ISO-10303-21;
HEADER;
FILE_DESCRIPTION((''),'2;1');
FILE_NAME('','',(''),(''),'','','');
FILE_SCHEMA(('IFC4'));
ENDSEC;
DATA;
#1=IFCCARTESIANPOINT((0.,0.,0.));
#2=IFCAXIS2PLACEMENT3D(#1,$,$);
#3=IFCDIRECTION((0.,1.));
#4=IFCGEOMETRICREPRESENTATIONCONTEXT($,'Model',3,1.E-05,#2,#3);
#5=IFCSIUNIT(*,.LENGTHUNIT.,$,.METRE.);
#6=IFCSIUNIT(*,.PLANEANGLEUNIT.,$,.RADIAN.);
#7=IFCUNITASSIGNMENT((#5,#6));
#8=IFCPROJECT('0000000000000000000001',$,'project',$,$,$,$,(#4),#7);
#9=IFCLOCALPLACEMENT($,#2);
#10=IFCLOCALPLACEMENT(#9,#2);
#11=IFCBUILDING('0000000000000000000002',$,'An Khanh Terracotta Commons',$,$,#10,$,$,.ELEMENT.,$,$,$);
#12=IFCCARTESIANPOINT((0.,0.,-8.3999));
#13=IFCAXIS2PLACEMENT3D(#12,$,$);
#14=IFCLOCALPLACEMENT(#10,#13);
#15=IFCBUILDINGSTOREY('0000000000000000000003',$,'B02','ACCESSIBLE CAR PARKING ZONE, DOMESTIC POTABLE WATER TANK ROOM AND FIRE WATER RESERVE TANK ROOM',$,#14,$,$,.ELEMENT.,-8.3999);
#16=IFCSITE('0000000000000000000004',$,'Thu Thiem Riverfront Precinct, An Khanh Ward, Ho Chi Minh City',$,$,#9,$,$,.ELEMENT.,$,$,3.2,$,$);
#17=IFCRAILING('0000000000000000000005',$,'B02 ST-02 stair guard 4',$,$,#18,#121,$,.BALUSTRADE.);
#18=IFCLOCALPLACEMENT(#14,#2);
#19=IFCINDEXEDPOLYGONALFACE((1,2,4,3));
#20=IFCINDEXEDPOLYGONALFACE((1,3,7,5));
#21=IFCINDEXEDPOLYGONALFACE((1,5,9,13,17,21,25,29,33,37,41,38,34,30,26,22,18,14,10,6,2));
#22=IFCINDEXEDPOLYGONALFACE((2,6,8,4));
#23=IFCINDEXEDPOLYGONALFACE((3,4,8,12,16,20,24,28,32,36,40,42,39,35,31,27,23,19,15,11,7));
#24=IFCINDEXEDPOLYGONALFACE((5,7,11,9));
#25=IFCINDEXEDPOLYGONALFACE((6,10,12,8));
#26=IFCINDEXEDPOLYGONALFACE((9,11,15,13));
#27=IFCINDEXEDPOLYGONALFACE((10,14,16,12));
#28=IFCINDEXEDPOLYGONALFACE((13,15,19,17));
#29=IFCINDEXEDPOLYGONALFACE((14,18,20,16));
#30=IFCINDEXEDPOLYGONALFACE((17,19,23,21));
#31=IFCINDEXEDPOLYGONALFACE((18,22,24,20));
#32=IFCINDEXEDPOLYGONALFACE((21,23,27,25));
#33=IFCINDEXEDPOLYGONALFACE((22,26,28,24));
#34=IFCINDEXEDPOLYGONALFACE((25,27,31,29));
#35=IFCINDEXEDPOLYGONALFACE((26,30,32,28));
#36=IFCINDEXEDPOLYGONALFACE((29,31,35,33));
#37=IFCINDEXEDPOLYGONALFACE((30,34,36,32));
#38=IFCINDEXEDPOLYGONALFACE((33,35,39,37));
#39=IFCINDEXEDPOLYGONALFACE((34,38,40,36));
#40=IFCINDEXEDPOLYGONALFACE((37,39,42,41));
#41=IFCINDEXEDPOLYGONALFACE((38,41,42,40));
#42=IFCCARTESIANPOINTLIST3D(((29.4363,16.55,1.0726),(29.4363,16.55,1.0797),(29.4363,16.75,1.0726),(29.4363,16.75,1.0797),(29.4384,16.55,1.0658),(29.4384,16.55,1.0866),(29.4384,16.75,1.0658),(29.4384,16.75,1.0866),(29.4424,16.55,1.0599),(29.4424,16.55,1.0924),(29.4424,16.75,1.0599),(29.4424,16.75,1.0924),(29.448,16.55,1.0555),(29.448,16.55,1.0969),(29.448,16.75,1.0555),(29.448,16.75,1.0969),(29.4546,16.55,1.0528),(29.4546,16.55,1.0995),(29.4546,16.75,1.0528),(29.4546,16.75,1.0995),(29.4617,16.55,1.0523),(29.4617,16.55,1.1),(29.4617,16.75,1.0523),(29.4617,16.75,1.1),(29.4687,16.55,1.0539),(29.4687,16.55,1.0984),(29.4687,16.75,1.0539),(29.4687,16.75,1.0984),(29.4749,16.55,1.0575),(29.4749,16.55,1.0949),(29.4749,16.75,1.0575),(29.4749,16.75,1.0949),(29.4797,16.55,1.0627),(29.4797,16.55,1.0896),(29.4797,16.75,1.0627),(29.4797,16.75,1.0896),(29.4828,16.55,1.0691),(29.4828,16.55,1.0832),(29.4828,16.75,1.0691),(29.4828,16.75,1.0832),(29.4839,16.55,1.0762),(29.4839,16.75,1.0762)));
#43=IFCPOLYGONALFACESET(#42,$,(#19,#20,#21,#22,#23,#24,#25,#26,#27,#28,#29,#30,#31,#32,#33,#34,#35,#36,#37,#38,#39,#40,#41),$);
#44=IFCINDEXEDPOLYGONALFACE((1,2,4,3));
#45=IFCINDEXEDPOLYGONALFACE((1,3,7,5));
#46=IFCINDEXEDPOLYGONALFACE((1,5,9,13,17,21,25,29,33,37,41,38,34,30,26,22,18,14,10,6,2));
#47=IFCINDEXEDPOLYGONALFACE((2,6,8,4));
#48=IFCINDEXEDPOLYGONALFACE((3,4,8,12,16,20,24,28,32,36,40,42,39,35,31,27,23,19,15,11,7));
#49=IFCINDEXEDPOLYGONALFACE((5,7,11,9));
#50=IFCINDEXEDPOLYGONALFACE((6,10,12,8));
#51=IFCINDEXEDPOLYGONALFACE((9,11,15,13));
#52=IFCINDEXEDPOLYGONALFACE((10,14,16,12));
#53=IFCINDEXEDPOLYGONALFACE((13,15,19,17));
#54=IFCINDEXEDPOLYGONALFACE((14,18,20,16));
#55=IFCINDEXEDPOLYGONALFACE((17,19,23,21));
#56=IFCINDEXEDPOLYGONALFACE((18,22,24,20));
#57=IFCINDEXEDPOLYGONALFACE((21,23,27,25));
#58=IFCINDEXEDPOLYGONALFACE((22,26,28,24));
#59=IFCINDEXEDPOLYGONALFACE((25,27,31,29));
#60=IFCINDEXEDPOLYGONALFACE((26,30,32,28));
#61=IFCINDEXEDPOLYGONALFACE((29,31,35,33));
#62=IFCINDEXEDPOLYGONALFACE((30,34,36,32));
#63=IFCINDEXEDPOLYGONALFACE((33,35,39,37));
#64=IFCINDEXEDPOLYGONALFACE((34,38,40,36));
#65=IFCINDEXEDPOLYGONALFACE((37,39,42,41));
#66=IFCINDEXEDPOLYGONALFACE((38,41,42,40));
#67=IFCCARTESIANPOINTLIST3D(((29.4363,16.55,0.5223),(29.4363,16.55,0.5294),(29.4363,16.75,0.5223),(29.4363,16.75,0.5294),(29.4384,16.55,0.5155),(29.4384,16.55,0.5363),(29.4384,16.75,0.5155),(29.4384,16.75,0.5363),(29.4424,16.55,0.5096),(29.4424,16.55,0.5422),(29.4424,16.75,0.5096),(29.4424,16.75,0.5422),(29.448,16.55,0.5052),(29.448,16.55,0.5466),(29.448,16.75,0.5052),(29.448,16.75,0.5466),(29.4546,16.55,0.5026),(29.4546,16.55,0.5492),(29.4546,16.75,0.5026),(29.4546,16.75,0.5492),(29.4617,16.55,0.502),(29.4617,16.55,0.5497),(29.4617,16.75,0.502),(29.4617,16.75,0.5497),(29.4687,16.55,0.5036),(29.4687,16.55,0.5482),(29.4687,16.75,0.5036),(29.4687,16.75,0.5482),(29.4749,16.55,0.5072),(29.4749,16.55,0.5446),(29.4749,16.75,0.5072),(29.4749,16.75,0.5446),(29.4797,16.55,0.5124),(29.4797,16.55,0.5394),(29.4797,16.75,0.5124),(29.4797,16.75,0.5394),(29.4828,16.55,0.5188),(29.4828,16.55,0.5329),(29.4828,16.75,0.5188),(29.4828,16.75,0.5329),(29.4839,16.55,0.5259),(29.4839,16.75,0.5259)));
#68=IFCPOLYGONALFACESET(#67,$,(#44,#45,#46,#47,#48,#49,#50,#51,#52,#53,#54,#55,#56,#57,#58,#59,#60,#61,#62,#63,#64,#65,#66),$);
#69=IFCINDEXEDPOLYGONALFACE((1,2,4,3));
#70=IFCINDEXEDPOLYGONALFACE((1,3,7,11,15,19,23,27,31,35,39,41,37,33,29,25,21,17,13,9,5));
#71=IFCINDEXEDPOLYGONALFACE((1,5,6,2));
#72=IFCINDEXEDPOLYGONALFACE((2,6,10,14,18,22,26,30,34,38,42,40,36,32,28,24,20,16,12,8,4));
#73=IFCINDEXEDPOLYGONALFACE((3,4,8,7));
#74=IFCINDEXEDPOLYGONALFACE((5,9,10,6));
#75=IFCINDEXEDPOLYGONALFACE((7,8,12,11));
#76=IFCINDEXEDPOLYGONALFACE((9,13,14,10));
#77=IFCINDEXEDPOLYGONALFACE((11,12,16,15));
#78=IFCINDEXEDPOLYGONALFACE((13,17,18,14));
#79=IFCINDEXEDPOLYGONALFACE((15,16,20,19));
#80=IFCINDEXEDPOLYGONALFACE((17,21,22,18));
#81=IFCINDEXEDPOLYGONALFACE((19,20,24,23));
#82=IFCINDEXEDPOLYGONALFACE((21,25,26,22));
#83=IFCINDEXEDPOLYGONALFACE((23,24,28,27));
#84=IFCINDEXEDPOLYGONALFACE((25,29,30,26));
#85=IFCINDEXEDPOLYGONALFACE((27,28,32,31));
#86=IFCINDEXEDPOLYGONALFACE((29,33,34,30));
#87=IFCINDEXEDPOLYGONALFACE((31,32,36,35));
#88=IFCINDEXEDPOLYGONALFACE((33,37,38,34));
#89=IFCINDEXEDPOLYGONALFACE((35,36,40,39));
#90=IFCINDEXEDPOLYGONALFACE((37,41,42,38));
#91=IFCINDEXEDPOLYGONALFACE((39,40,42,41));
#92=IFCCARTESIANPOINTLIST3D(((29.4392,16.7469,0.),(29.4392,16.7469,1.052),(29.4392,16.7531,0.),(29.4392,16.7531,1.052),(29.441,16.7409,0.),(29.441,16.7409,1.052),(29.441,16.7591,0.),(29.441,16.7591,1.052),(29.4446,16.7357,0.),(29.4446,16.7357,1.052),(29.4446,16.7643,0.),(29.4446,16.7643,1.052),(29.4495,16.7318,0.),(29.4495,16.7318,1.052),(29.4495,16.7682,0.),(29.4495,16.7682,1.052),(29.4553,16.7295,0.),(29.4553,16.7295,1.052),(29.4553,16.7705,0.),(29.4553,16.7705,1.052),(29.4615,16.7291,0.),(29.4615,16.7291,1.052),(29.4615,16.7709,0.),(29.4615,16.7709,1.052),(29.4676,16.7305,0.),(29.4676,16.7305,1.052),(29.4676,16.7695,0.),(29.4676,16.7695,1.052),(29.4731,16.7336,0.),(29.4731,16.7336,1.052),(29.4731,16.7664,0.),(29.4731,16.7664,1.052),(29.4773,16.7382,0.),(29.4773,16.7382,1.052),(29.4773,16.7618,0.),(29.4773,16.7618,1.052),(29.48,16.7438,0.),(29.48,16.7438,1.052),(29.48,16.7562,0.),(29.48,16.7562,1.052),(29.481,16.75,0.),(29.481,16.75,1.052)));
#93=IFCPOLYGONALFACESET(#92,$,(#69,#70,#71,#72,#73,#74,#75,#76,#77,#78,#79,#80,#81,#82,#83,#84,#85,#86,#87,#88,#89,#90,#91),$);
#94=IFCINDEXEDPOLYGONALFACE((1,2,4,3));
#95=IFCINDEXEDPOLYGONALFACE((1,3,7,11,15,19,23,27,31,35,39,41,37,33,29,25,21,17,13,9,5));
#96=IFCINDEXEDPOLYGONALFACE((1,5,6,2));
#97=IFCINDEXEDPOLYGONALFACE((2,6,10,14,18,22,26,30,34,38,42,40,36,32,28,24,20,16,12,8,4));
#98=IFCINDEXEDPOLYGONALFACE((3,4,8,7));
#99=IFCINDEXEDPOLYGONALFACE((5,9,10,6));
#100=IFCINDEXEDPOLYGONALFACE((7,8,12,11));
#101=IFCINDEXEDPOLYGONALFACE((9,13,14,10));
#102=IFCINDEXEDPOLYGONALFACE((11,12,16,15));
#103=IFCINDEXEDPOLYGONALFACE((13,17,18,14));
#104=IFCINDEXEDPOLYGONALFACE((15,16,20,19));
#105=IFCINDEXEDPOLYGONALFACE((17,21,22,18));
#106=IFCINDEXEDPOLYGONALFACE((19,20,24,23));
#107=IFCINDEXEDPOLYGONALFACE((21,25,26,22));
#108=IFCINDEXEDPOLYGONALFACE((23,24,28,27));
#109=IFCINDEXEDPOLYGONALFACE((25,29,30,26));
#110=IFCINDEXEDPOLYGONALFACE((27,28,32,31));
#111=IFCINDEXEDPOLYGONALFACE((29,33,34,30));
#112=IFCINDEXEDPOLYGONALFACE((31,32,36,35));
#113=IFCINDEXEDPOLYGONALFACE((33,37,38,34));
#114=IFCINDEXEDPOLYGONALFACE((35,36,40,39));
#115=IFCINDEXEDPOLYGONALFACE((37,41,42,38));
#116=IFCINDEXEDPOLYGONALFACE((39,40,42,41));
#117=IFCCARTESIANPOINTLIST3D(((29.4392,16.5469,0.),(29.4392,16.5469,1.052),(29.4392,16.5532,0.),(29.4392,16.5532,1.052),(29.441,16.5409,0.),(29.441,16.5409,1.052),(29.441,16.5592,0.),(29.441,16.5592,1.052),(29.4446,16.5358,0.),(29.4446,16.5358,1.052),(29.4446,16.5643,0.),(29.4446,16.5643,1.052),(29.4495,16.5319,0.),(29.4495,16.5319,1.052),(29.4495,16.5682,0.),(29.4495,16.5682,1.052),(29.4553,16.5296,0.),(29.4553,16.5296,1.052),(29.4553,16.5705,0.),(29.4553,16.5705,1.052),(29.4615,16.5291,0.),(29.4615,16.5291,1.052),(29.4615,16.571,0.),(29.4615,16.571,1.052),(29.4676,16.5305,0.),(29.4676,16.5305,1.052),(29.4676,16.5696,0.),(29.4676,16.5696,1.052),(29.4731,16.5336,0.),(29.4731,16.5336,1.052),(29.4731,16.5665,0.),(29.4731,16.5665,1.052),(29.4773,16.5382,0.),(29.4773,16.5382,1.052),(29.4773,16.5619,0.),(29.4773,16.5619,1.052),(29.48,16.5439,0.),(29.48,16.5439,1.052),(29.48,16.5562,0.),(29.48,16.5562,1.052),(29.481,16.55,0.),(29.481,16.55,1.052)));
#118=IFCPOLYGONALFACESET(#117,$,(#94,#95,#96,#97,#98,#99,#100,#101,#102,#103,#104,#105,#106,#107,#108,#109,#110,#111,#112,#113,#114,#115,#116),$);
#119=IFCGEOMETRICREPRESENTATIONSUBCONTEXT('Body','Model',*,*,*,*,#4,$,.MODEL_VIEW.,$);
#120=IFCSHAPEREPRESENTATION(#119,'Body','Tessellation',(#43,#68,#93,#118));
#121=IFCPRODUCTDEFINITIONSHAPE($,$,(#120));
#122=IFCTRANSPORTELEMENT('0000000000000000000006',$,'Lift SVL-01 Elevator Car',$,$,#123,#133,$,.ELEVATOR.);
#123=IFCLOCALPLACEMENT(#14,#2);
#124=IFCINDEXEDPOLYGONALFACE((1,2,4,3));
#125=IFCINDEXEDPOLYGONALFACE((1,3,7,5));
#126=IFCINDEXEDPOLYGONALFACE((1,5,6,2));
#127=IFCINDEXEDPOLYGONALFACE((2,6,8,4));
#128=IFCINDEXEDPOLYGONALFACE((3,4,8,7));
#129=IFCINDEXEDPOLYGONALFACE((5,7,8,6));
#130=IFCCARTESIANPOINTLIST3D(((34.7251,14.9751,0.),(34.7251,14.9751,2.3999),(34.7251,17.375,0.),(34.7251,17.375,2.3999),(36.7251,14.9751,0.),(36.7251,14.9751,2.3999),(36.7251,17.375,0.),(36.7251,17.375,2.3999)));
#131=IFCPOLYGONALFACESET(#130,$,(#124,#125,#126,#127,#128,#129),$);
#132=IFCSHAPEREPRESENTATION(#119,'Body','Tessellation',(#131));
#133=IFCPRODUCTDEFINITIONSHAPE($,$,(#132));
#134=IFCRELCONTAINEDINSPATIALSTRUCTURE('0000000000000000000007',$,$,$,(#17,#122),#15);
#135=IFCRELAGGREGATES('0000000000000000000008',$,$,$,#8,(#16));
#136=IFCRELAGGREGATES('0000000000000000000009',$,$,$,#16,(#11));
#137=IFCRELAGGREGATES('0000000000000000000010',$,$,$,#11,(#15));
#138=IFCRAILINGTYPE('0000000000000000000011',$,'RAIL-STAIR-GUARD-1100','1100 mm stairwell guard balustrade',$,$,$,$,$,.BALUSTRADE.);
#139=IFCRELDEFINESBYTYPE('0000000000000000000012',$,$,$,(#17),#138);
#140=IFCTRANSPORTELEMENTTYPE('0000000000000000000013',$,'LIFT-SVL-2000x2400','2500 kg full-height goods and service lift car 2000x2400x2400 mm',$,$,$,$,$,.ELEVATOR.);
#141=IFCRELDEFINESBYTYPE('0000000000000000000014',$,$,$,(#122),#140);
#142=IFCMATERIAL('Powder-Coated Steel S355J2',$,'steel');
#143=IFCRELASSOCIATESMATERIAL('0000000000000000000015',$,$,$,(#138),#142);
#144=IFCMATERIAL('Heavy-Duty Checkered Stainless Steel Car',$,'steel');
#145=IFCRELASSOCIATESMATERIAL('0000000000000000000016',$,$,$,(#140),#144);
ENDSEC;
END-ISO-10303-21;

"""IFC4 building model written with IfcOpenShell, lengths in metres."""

from ifc_helpers import new_model, si_unit, direction, frame, origin, origin_2d, place, context, subcontext, project, spatial, rectangle, circle, extrude, material, type_object, element, save


model = new_model("IFC4")

# Units and contexts
model_context = context("Model", 3, precision=1e-05, world=origin(), true_north=direction((0.0, 1.0)))
body_context = subcontext(model_context, "Body", "Model", "MODEL_VIEW")
ifc_project = project(units=[si_unit("LENGTHUNIT", "METRE"), si_unit("PLANEANGLEUNIT", "RADIAN")], contexts=[model_context])

# Site, building, storey
site_placement = place(None, origin())
site = spatial("IfcSite", under=ifc_project, at=site_placement, Name="Thu Thiem Riverfront Precinct, An Khanh Ward, Ho Chi Minh City", CompositionType="ELEMENT", RefElevation=3.2)
building_placement = place(site_placement, origin())
building = spatial("IfcBuilding", under=site, at=building_placement, Name="An Khanh Terracotta Commons", CompositionType="ELEMENT")
storey_placement = place(building_placement, frame((0.0, 0.0, -8.3999)))
storey = spatial("IfcBuildingStorey", under=building, at=storey_placement, Name="B02", Description="ACCESSIBLE CAR PARKING ZONE, DOMESTIC POTABLE WATER TANK ROOM AND FIRE WATER RESERVE TANK ROOM", CompositionType="ELEMENT", Elevation=-8.3999)

# Railing
ifc_material_1 = material(Name="Powder-Coated Steel S355J2", Category="steel")
railing_type_1 = type_object("IfcRailingType", Name="RAIL-STAIR-GUARD-1100", Description="1100 mm stairwell guard balustrade", PredefinedType="BALUSTRADE", material=ifc_material_1)
railing_1_placement = place(storey_placement, frame((29.46, 16.75, 0.0)))
element("IfcRailing", 1, at=railing_1_placement, inside=storey, type_object=railing_type_1, Name="B02 ST-02 stair guard 4", PredefinedType="BALUSTRADE", context=body_context, shape_type="SweptSolid", body=[
    extrude(circle(Radius=0.0239, at=origin_2d()), frame((0.0, 0.0, 1.0762), z_axis=(0.0, -1.0, 0.0), x_axis=(1.0, 0.0, 0.0)), (0.0, 0.0, 1.0), 0.2),
    extrude(circle(Radius=0.0239, at=origin_2d()), frame((0.0, 0.0, 0.5259), z_axis=(0.0, -1.0, 0.0), x_axis=(1.0, 0.0, 0.0)), (0.0, 0.0, 1.0), 0.2),
    extrude(circle(Radius=0.021, at=origin_2d()), origin(), (0.0, 0.0, 1.0), 1.052),
    extrude(circle(Radius=0.021, at=origin_2d()), frame((0.0, -0.2, 0.0)), (0.0, 0.0, 1.0), 1.052),
])

# Transport element
ifc_material_2 = material(Name="Heavy-Duty Checkered Stainless Steel Car", Category="steel")
transport_element_type = type_object("IfcTransportElementType", Name="LIFT-SVL-2000x2400", Description="2500 kg full-height goods and service lift car 2000x2400x2400 mm", PredefinedType="ELEVATOR", material=ifc_material_2)
transport_element_placement = place(storey_placement, frame((35.7251, 16.175, 0.0), z_axis=(0.0, 0.0, 1.0), x_axis=(1.0, 0.0, 0.0)))
element("IfcTransportElement", 2, at=transport_element_placement, inside=storey, type_object=transport_element_type, Name="Lift SVL-01 Elevator Car", PredefinedType="ELEVATOR", context=body_context, shape_type="SweptSolid", body=[
    extrude(rectangle(XDim=2.0, YDim=2.3999, at=origin_2d()), origin(), (0.0, 0.0, 1.0), 2.3999),
])

save(model, "model.ifc")
